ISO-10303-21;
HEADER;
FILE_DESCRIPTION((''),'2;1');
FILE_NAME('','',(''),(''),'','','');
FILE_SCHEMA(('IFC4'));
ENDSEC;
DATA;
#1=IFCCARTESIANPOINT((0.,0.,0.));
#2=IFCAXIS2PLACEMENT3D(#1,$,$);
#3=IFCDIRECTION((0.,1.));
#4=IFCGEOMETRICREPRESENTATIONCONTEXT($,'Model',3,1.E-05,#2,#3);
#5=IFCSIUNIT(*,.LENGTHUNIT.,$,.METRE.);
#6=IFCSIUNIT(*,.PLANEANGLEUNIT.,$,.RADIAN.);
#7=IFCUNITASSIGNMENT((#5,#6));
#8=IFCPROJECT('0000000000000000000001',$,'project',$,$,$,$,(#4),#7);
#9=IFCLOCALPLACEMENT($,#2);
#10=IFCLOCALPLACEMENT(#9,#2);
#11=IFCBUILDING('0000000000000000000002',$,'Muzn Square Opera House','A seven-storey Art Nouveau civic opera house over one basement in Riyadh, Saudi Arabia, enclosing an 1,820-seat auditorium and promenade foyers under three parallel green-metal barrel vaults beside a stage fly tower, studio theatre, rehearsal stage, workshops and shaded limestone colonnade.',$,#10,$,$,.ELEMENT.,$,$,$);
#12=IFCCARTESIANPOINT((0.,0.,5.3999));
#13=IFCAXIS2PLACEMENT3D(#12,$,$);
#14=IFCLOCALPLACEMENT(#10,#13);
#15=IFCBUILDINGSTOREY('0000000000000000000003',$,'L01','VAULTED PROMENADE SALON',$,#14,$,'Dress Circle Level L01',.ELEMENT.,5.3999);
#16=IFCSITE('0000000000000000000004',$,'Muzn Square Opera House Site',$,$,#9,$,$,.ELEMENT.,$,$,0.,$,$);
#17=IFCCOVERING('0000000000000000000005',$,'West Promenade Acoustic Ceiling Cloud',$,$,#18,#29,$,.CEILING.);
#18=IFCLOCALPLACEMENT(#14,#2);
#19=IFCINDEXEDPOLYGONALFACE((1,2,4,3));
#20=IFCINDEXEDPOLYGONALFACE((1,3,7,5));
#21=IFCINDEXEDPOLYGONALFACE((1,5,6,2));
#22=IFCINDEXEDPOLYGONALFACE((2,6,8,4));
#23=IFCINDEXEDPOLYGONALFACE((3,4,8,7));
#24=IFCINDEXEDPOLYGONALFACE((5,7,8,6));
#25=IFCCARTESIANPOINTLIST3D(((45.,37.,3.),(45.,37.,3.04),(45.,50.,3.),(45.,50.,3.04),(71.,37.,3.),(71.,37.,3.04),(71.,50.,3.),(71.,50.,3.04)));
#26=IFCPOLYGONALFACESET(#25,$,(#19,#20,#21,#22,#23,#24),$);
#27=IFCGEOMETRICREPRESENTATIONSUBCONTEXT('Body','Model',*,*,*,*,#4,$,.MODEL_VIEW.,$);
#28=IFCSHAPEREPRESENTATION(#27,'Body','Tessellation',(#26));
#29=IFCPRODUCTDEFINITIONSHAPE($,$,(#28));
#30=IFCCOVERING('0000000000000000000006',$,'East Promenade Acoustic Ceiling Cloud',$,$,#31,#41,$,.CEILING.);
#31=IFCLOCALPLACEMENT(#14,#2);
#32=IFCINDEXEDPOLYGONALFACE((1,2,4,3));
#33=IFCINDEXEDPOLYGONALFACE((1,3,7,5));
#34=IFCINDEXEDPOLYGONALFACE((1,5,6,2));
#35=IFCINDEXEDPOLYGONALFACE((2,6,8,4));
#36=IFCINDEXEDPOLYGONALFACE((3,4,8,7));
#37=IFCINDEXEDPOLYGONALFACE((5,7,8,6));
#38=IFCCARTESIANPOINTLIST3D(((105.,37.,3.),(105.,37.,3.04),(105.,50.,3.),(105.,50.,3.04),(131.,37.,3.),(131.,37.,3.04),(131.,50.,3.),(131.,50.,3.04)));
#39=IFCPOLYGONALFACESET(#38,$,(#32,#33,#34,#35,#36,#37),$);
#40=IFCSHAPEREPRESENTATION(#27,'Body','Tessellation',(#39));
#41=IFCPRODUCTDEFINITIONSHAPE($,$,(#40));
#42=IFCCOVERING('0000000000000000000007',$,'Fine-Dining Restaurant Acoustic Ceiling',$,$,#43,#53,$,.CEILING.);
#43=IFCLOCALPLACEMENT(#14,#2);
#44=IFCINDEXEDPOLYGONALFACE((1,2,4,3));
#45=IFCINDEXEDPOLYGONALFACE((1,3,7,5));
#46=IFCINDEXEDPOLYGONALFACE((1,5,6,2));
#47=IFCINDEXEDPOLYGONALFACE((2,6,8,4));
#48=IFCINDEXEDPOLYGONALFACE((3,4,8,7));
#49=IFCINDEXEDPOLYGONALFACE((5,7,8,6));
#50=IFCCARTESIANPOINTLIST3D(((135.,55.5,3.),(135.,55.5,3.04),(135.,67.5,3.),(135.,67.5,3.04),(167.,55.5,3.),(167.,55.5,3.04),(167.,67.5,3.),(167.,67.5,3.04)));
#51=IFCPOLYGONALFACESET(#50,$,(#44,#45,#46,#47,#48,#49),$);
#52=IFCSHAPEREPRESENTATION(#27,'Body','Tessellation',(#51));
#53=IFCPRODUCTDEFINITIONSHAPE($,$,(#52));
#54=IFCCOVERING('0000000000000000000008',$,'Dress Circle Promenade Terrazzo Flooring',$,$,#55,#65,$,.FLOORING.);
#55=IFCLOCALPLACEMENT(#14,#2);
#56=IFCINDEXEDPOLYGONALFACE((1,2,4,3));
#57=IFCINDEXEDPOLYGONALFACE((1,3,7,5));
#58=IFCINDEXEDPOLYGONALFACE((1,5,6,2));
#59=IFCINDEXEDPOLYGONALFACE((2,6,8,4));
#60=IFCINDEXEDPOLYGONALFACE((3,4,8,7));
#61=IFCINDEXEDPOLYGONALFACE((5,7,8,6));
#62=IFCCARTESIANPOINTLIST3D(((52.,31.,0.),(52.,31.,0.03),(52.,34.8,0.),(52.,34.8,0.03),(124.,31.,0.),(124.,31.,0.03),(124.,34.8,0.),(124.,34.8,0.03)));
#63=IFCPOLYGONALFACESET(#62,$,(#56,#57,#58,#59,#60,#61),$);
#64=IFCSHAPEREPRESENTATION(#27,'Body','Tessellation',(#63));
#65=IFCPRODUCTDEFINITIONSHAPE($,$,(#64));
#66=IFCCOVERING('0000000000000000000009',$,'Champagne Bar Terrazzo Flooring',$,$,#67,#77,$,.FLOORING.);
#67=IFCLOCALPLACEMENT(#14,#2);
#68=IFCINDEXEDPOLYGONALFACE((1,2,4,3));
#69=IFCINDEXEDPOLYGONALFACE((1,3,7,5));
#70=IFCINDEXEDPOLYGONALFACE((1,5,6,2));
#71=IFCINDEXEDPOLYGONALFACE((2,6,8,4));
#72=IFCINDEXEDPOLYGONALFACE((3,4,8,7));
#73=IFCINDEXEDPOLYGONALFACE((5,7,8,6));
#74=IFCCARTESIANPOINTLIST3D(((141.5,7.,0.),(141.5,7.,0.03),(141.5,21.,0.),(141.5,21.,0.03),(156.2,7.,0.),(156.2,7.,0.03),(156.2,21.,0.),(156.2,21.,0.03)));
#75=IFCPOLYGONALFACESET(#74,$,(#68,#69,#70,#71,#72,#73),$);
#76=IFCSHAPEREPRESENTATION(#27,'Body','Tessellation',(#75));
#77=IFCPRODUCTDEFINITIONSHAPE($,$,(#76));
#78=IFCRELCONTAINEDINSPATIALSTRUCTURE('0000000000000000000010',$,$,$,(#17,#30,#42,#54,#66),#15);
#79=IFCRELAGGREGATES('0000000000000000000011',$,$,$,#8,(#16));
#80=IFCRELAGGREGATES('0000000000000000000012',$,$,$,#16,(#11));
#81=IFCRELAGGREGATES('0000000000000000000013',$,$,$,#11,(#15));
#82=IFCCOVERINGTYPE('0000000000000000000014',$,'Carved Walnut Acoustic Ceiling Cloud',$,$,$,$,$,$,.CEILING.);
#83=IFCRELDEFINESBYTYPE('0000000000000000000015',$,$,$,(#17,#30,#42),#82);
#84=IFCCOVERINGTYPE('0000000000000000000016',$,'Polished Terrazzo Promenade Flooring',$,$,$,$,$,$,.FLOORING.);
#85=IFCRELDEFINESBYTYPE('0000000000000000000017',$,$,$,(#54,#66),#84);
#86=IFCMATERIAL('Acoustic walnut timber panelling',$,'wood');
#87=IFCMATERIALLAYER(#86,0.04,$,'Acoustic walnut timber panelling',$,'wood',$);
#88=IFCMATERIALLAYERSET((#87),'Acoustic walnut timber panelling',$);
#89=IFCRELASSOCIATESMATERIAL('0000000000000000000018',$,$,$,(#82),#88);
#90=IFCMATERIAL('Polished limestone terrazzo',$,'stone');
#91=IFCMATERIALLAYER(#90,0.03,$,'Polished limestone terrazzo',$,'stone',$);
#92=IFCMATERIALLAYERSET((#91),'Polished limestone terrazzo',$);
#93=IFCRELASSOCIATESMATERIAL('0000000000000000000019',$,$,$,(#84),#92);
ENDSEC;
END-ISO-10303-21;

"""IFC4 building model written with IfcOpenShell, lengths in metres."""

from ifc_helpers import new_model, si_unit, direction, frame, origin, place, context, subcontext, project, spatial, polyline, outline, extrude, material, layer, layer_set, type_object, element, save


model = new_model("IFC4")

# Units and contexts
model_context = context("Model", 3, precision=1e-05, world=origin(), true_north=direction((0.0, 1.0)))
body_context = subcontext(model_context, "Body", "Model", "MODEL_VIEW")
ifc_project = project(units=[si_unit("LENGTHUNIT", "METRE"), si_unit("PLANEANGLEUNIT", "RADIAN")], contexts=[model_context])

# Site, building, storey
site_placement = place(None, origin())
site = spatial("IfcSite", under=ifc_project, at=site_placement, Name="Muzn Square Opera House Site", CompositionType="ELEMENT", RefElevation=0.0)
building_placement = place(site_placement, origin())
building = spatial("IfcBuilding", under=site, at=building_placement, Name="Muzn Square Opera House", Description="A seven-storey Art Nouveau civic opera house over one basement in Riyadh, Saudi Arabia, enclosing an 1,820-seat auditorium and promenade foyers under three parallel green-metal barrel vaults beside a stage fly tower, studio theatre, rehearsal stage, workshops and shaded limestone colonnade.", CompositionType="ELEMENT")
storey_placement = place(building_placement, frame((0.0, 0.0, 5.3999)))
storey = spatial("IfcBuildingStorey", under=building, at=storey_placement, Name="L01", Description="VAULTED PROMENADE SALON", LongName="Dress Circle Level L01", CompositionType="ELEMENT", Elevation=5.3999)

# Coverings
ifc_material_1 = material(Name="Acoustic walnut timber panelling", Category="wood")
ifc_layer_1 = layer(ifc_material_1, 0.04, Name="Acoustic walnut timber panelling", Category="wood")
ifc_layer_set_1 = layer_set([ifc_layer_1], Name="Acoustic walnut timber panelling")
covering_type_1 = type_object("IfcCoveringType", Name="Carved Walnut Acoustic Ceiling Cloud", PredefinedType="CEILING", material=ifc_layer_set_1)
covering_1_placement = place(storey_placement, frame((0.0, 0.0, 3.0)))
element("IfcCovering", 1, at=covering_1_placement, inside=storey, type_object=covering_type_1, Name="West Promenade Acoustic Ceiling Cloud", PredefinedType="CEILING", context=body_context, shape_type="SweptSolid", body=[
    extrude(outline(polyline([(45.0, 37.0), (71.0, 37.0), (71.0, 50.0), (45.0, 50.0), (45.0, 37.0)])), origin(), (0.0, 0.0, 1.0), 0.04),
])
covering_2_placement = place(storey_placement, frame((0.0, 0.0, 3.0)))
element("IfcCovering", 2, at=covering_2_placement, inside=storey, type_object=covering_type_1, Name="East Promenade Acoustic Ceiling Cloud", PredefinedType="CEILING", context=body_context, shape_type="SweptSolid", body=[
    extrude(outline(polyline([(105.0, 37.0), (131.0, 37.0), (131.0, 50.0), (105.0, 50.0), (105.0, 37.0)])), origin(), (0.0, 0.0, 1.0), 0.04),
])
covering_3_placement = place(storey_placement, frame((0.0, 0.0, 3.0)))
element("IfcCovering", 3, at=covering_3_placement, inside=storey, type_object=covering_type_1, Name="Fine-Dining Restaurant Acoustic Ceiling", PredefinedType="CEILING", context=body_context, shape_type="SweptSolid", body=[
    extrude(outline(polyline([(135.0, 55.5), (167.0, 55.5), (167.0, 67.5), (135.0, 67.5), (135.0, 55.5)])), origin(), (0.0, 0.0, 1.0), 0.04),
])
ifc_material_2 = material(Name="Polished limestone terrazzo", Category="stone")
ifc_layer_2 = layer(ifc_material_2, 0.03, Name="Polished limestone terrazzo", Category="stone")
ifc_layer_set_2 = layer_set([ifc_layer_2], Name="Polished limestone terrazzo")
covering_type_2 = type_object("IfcCoveringType", Name="Polished Terrazzo Promenade Flooring", PredefinedType="FLOORING", material=ifc_layer_set_2)
covering_4_placement = place(storey_placement, origin())
element("IfcCovering", 4, at=covering_4_placement, inside=storey, type_object=covering_type_2, Name="Dress Circle Promenade Terrazzo Flooring", PredefinedType="FLOORING", context=body_context, shape_type="SweptSolid", body=[
    extrude(outline(polyline([(52.0, 31.0), (124.0, 31.0), (124.0, 34.8), (52.0, 34.8), (52.0, 31.0)])), origin(), (0.0, 0.0, 1.0), 0.03),
])
covering_5_placement = place(storey_placement, origin())
element("IfcCovering", 5, at=covering_5_placement, inside=storey, type_object=covering_type_2, Name="Champagne Bar Terrazzo Flooring", PredefinedType="FLOORING", context=body_context, shape_type="SweptSolid", body=[
    extrude(outline(polyline([(141.5, 7.0), (156.2, 7.0), (156.2, 21.0), (141.5, 21.0), (141.5, 7.0)])), origin(), (0.0, 0.0, 1.0), 0.03),
])

save(model, "model.ifc")
